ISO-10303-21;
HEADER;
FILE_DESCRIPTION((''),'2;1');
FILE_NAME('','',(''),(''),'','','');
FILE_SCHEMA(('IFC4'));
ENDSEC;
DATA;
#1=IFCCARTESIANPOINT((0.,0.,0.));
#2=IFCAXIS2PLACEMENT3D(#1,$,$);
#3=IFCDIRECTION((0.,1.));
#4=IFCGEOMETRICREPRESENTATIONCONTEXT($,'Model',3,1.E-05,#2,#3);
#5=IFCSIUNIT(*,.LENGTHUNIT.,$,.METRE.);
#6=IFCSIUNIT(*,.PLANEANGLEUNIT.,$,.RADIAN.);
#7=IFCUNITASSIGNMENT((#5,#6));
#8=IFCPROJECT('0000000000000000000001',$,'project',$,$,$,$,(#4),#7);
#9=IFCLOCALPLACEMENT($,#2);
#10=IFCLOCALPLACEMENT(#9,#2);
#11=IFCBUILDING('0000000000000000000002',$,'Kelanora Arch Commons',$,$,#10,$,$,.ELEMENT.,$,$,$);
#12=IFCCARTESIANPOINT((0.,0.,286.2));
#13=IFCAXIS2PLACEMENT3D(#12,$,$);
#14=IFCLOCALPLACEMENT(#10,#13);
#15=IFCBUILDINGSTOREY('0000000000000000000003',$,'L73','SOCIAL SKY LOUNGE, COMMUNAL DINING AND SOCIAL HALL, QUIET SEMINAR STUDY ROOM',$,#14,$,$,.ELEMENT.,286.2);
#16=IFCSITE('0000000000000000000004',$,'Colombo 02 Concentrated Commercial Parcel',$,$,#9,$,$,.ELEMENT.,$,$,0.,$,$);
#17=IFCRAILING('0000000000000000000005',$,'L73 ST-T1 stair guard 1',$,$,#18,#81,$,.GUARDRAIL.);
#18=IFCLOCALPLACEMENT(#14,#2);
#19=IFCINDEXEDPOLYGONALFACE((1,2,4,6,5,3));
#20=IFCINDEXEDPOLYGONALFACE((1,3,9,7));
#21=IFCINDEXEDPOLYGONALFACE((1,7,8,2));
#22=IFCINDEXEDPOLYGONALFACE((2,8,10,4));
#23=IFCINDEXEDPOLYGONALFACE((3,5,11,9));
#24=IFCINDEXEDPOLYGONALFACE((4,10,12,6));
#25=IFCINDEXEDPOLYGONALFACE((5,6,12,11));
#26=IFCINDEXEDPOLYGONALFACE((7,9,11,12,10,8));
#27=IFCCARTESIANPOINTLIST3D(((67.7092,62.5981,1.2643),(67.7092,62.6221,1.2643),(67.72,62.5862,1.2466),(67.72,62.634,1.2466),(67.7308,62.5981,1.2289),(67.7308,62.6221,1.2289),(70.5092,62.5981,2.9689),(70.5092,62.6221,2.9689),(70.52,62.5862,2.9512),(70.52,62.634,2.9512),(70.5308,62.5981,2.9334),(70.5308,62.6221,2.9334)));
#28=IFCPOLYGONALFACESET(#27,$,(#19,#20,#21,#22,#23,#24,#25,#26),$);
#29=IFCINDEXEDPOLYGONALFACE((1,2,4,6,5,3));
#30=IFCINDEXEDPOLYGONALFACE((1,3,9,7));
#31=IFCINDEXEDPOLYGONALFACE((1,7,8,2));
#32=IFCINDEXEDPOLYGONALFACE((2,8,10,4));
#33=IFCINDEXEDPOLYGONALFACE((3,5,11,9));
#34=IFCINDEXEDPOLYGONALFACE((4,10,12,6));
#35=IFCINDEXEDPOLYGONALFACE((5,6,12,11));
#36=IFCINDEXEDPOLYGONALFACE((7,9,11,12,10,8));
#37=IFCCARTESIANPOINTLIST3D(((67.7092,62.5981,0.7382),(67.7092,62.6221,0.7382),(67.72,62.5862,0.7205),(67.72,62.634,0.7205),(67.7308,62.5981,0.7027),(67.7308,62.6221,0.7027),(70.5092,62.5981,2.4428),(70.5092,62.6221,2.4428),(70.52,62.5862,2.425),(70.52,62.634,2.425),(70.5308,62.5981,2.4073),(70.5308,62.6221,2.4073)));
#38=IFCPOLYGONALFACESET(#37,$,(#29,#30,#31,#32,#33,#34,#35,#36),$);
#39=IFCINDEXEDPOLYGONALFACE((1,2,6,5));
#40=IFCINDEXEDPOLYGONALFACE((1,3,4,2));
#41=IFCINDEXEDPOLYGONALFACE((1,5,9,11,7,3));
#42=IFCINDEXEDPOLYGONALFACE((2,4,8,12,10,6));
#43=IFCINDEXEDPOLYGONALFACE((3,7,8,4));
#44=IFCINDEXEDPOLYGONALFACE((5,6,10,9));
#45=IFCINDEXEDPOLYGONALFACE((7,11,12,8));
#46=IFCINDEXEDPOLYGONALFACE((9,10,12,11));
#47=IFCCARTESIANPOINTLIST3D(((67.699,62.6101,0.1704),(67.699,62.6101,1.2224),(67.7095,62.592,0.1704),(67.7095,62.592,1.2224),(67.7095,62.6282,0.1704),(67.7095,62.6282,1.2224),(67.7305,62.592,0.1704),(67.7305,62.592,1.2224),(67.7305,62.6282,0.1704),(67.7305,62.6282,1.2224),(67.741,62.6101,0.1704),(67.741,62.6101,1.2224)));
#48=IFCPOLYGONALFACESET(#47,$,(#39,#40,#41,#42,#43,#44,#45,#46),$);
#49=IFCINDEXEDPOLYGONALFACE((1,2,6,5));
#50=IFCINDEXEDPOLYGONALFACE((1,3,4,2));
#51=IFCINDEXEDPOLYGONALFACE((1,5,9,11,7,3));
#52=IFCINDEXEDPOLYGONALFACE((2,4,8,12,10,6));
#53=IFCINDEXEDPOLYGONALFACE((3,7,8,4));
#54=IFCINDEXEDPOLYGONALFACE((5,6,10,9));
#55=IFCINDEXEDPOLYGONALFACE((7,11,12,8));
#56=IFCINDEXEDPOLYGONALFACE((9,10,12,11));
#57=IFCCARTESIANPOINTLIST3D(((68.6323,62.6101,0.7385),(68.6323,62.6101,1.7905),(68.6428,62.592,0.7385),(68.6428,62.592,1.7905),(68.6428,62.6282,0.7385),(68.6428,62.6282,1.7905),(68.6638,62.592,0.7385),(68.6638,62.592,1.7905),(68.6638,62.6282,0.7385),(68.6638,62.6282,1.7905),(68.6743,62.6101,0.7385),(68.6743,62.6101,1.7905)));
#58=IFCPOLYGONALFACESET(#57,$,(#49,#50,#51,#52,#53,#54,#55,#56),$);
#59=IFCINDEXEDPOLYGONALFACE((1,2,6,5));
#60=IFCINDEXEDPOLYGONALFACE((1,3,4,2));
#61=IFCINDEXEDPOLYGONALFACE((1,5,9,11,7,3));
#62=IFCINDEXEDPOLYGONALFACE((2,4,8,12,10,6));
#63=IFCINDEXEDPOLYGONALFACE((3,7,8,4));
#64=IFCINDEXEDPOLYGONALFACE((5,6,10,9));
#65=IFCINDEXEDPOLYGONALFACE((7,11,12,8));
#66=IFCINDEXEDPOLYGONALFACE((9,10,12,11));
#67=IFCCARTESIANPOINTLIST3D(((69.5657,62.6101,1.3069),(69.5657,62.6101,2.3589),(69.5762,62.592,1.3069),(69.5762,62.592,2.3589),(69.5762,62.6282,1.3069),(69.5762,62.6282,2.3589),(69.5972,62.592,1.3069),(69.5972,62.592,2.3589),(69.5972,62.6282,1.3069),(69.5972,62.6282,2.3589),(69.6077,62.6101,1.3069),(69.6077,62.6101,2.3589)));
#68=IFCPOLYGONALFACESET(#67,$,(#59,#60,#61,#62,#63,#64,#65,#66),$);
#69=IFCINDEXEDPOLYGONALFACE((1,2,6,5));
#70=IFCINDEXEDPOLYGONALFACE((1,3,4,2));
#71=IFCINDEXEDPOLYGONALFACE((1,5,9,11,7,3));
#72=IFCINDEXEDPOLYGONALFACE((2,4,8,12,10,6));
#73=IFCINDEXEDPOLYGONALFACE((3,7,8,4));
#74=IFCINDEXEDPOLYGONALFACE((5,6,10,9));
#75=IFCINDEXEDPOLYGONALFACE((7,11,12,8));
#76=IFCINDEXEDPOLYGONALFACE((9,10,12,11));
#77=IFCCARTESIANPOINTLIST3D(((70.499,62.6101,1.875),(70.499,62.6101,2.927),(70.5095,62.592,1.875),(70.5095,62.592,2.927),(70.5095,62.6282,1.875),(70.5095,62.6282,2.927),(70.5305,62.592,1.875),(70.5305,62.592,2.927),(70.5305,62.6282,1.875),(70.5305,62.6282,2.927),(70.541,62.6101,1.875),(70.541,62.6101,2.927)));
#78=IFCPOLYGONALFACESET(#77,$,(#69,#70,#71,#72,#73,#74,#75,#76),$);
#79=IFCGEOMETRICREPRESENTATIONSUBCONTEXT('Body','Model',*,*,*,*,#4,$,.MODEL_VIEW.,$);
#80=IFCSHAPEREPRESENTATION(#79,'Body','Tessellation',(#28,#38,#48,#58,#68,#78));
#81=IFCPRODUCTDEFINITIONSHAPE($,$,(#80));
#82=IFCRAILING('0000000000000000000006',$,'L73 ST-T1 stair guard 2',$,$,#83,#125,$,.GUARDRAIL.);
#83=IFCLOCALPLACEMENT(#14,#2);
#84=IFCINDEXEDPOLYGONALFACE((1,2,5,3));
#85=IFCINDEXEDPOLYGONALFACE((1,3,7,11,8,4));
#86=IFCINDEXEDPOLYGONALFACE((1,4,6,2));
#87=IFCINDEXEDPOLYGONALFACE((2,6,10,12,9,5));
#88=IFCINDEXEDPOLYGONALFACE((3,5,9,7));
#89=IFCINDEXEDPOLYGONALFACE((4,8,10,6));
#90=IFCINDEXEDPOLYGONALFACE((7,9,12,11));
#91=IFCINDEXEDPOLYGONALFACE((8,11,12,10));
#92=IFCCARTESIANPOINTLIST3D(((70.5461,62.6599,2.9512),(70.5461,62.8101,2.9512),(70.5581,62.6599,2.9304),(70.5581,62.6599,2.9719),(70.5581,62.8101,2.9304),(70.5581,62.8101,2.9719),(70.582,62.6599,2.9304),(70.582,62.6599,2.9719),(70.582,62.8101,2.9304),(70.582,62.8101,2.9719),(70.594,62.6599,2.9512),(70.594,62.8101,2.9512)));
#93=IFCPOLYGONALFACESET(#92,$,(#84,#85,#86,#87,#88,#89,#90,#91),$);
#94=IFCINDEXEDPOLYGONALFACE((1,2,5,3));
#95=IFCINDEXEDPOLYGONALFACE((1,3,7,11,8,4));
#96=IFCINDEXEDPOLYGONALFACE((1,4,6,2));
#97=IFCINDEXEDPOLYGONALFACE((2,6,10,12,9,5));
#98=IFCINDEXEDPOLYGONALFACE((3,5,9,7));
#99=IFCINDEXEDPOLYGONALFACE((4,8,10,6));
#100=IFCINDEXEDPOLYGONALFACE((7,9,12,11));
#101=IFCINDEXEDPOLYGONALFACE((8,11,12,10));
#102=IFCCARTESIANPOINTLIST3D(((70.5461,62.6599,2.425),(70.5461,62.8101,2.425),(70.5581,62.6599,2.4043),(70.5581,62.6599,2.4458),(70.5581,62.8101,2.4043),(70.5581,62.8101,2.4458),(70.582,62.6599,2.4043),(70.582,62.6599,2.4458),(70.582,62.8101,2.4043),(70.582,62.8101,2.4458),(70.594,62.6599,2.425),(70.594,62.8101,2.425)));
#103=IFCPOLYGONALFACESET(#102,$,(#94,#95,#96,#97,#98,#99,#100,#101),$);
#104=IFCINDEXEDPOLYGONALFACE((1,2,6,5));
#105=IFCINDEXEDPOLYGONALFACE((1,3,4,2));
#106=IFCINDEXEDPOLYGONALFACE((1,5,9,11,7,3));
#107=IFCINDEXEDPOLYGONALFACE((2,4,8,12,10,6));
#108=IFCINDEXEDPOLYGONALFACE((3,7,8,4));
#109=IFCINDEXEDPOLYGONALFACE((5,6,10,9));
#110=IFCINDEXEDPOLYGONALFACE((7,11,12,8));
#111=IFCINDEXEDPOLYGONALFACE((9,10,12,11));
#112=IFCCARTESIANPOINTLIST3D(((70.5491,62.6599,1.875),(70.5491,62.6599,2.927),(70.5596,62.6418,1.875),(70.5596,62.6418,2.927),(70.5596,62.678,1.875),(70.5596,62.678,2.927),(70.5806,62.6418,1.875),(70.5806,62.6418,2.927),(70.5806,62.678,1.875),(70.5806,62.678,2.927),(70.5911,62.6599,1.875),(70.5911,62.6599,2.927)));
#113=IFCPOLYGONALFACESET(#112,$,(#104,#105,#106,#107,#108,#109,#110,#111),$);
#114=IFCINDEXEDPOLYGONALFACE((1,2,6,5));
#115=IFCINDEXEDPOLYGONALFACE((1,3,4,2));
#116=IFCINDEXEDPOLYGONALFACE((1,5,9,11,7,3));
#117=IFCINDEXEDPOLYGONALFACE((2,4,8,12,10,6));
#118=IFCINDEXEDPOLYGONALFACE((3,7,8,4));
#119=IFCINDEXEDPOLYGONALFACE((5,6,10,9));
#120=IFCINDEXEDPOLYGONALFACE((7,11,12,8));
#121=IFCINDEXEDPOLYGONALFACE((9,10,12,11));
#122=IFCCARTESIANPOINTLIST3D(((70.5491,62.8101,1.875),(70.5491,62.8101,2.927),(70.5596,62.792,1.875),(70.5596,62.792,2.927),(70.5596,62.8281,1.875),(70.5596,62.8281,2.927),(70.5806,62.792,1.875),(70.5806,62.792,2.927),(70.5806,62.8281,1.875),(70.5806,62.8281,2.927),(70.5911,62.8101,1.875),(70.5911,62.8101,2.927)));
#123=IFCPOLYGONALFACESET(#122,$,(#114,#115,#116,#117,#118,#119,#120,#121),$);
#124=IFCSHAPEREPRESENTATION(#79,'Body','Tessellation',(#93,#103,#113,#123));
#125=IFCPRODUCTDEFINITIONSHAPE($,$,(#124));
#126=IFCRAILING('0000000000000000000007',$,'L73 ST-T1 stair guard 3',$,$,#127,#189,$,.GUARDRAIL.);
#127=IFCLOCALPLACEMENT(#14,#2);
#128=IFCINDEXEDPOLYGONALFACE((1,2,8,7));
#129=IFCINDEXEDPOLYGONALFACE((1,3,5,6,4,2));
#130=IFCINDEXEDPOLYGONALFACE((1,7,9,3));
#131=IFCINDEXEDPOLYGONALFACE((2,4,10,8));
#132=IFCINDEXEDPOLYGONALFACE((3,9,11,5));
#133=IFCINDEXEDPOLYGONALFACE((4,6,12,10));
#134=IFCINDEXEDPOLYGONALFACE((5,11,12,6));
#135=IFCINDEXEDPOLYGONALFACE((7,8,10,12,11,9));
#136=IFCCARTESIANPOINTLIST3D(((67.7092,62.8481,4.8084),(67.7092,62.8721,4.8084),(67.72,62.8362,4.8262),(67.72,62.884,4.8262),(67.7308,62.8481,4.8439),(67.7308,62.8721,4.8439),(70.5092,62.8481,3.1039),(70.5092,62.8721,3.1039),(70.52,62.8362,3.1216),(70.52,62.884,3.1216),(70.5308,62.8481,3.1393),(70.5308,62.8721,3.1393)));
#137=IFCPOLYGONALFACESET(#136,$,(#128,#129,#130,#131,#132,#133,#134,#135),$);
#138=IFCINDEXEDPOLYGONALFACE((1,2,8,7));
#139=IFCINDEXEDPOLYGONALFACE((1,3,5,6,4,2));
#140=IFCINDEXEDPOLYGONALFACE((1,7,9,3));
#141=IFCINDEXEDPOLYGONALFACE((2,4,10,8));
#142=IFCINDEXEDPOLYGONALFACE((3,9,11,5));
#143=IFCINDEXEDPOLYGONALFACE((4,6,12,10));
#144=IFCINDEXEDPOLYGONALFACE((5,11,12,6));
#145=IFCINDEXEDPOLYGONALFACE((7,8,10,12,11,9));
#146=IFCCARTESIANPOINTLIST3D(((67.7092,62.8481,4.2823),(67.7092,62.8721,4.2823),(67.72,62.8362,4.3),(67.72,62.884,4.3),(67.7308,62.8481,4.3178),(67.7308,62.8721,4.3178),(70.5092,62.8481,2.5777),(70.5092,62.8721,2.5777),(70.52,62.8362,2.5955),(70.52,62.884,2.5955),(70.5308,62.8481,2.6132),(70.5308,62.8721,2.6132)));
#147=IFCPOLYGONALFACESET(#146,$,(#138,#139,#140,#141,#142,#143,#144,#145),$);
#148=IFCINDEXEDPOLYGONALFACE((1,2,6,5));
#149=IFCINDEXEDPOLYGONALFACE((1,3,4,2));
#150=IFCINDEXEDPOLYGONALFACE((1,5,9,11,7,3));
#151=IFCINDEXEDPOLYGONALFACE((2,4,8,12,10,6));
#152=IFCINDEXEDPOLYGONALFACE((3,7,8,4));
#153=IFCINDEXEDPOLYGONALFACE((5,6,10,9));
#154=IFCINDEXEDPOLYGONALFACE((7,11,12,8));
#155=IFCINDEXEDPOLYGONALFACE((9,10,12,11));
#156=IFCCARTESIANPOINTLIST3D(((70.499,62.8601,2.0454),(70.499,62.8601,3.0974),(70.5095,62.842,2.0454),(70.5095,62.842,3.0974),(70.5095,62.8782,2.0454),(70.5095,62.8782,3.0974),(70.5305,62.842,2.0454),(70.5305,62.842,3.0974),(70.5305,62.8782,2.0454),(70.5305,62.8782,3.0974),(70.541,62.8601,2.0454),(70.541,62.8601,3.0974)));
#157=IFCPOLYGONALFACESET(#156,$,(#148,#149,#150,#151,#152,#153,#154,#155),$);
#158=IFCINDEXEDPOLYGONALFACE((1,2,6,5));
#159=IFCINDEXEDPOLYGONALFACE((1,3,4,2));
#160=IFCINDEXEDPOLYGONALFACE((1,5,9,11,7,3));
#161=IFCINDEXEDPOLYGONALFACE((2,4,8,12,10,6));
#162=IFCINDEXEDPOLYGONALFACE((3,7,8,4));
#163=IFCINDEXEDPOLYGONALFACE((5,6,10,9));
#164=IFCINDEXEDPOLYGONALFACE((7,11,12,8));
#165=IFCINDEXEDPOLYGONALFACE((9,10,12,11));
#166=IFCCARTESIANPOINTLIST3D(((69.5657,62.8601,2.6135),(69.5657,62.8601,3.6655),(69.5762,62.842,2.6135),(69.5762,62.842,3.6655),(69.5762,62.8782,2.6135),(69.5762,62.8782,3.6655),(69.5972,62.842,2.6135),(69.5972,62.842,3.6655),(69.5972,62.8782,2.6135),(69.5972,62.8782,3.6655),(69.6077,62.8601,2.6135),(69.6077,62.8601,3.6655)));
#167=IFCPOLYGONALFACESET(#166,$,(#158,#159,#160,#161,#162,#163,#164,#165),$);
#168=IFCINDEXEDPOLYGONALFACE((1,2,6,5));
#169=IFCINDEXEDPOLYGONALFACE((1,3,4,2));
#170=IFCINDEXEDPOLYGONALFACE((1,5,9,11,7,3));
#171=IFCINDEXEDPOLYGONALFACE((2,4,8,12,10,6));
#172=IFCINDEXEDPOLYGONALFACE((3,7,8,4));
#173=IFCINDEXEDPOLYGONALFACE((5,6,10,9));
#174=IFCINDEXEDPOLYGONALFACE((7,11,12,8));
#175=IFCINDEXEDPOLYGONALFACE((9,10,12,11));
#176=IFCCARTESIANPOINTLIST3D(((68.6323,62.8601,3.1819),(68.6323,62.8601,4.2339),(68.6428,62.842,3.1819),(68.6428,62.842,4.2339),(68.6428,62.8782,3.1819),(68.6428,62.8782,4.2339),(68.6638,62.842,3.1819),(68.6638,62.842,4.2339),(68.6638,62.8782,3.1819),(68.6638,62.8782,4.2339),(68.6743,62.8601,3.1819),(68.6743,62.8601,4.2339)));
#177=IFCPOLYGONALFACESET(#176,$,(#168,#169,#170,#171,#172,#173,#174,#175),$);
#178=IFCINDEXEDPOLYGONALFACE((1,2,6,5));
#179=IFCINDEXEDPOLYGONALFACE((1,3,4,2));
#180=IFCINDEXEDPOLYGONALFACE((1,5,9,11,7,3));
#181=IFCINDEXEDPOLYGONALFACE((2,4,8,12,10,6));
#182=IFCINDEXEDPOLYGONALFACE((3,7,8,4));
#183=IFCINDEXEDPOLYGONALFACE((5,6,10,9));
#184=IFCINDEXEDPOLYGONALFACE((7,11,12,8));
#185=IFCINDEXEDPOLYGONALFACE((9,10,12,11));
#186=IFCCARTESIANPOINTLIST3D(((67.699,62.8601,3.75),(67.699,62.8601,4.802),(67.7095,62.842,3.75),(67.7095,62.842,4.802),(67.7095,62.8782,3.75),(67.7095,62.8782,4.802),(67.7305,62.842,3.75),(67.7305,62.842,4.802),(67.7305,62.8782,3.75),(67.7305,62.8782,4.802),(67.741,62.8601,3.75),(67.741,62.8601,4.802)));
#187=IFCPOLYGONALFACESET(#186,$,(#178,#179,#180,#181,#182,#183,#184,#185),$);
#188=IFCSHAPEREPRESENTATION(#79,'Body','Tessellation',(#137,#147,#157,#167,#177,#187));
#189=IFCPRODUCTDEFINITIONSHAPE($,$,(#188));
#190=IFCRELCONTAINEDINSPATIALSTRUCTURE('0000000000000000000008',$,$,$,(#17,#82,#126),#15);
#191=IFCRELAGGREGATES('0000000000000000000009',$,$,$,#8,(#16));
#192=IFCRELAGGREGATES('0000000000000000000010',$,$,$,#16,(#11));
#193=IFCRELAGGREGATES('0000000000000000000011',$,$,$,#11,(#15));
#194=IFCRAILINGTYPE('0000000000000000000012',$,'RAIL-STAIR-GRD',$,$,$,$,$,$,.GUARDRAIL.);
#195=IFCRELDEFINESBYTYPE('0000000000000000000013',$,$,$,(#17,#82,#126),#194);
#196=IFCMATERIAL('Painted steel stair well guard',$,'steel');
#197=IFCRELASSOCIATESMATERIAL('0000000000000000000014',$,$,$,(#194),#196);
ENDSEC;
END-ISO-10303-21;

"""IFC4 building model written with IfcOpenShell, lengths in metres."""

from ifc_helpers import new_model, si_unit, direction, frame, origin, place, context, subcontext, project, spatial, polyline, outline, extrude, material, type_object, element, save


model = new_model("IFC4")

# Units and contexts
model_context = context("Model", 3, precision=1e-05, world=origin(), true_north=direction((0.0, 1.0)))
body_context = subcontext(model_context, "Body", "Model", "MODEL_VIEW")
ifc_project = project(units=[si_unit("LENGTHUNIT", "METRE"), si_unit("PLANEANGLEUNIT", "RADIAN")], contexts=[model_context])

# Site, building, storey
site_placement = place(None, origin())
site = spatial("IfcSite", under=ifc_project, at=site_placement, Name="Colombo 02 Concentrated Commercial Parcel", CompositionType="ELEMENT", RefElevation=0.0)
building_placement = place(site_placement, origin())
building = spatial("IfcBuilding", under=site, at=building_placement, Name="Kelanora Arch Commons", CompositionType="ELEMENT")
storey_placement = place(building_placement, frame((0.0, 0.0, 286.2)))
storey = spatial("IfcBuildingStorey", under=building, at=storey_placement, Name="L73", Description="SOCIAL SKY LOUNGE, COMMUNAL DINING AND SOCIAL HALL, QUIET SEMINAR STUDY ROOM", CompositionType="ELEMENT", Elevation=286.2)

# Railings
ifc_material_1 = material(Name="Painted steel stair well guard", Category="steel")
railing_type_1 = type_object("IfcRailingType", Name="RAIL-STAIR-GRD", PredefinedType="GUARDRAIL", material=ifc_material_1)
railing_1_placement = place(storey_placement, frame((67.72, 62.6101, 0.1704)))
element("IfcRailing", 1, at=railing_1_placement, inside=storey, type_object=railing_type_1, Name="L73 ST-T1 stair guard 1", PredefinedType="GUARDRAIL", context=body_context, shape_type="SweptSolid", body=[
    extrude(outline(polyline([(0.0239, 0.0), (0.012, 0.0208), (-0.012, 0.0208), (-0.0239, 0.0), (-0.012, -0.0208), (0.012, -0.0208), (0.0239, 0.0)])), frame((0.0, 0.0, 1.0762), z_axis=(0.85417, 0.0, 0.519994), x_axis=(0.0, 1.0, 0.0)), (0.0, 0.0, 1.0), 3.2781),
    extrude(outline(polyline([(0.0239, 0.0), (0.012, 0.0208), (-0.012, 0.0208), (-0.0239, 0.0), (-0.012, -0.0208), (0.012, -0.0208), (0.0239, 0.0)])), frame((0.0, 0.0, 0.55), z_axis=(0.85417, 0.0, 0.519994), x_axis=(0.0, 1.0, 0.0)), (0.0, 0.0, 1.0), 3.2781),
    extrude(outline(polyline([(0.021, 0.0), (0.0105, 0.0181), (-0.0105, 0.0181), (-0.021, 0.0), (-0.0105, -0.0181), (0.0105, -0.0181), (0.021, 0.0)])), origin(), (0.0, 0.0, 1.0), 1.052),
    extrude(outline(polyline([(0.021, 0.0), (0.0105, 0.0181), (-0.0105, 0.0181), (-0.021, 0.0), (-0.0105, -0.0181), (0.0105, -0.0181), (0.021, 0.0)])), frame((0.9333, 0.0, 0.5681)), (0.0, 0.0, 1.0), 1.052),
    extrude(outline(polyline([(0.021, 0.0), (0.0105, 0.0181), (-0.0105, 0.0181), (-0.021, 0.0), (-0.0105, -0.0181), (0.0105, -0.0181), (0.021, 0.0)])), frame((1.8667, 0.0, 1.1365)), (0.0, 0.0, 1.0), 1.052),
    extrude(outline(polyline([(0.021, 0.0), (0.0105, 0.0181), (-0.0105, 0.0181), (-0.021, 0.0), (-0.0105, -0.0181), (0.0105, -0.0181), (0.021, 0.0)])), frame((2.8, 0.0, 1.7046)), (0.0, 0.0, 1.0), 1.052),
])
railing_2_placement = place(storey_placement, frame((70.5701, 62.6599, 1.875)))
element("IfcRailing", 2, at=railing_2_placement, inside=storey, type_object=railing_type_1, Name="L73 ST-T1 stair guard 2", PredefinedType="GUARDRAIL", context=body_context, shape_type="SweptSolid", body=[
    extrude(outline(polyline([(0.0239, 0.0), (0.012, 0.0208), (-0.012, 0.0208), (-0.0239, 0.0), (-0.012, -0.0208), (0.012, -0.0208), (0.0239, 0.0)])), frame((0.0, 0.0, 1.0762), z_axis=(0.0, 1.0, 0.0), x_axis=(-1.0, 0.0, 0.0)), (0.0, 0.0, 1.0), 0.1501),
    extrude(outline(polyline([(0.0239, 0.0), (0.012, 0.0208), (-0.012, 0.0208), (-0.0239, 0.0), (-0.012, -0.0208), (0.012, -0.0208), (0.0239, 0.0)])), frame((0.0, 0.0, 0.55), z_axis=(0.0, 1.0, 0.0), x_axis=(-1.0, 0.0, 0.0)), (0.0, 0.0, 1.0), 0.1501),
    extrude(outline(polyline([(0.021, 0.0), (0.0105, 0.0181), (-0.0105, 0.0181), (-0.021, 0.0), (-0.0105, -0.0181), (0.0105, -0.0181), (0.021, 0.0)])), origin(), (0.0, 0.0, 1.0), 1.052),
    extrude(outline(polyline([(0.021, 0.0), (0.0105, 0.0181), (-0.0105, 0.0181), (-0.021, 0.0), (-0.0105, -0.0181), (0.0105, -0.0181), (0.021, 0.0)])), frame((0.0, 0.1501, 0.0)), (0.0, 0.0, 1.0), 1.052),
])
railing_3_placement = place(storey_placement, frame((70.52, 62.8601, 2.0454)))
element("IfcRailing", 3, at=railing_3_placement, inside=storey, type_object=railing_type_1, Name="L73 ST-T1 stair guard 3", PredefinedType="GUARDRAIL", context=body_context, shape_type="SweptSolid", body=[
    extrude(outline(polyline([(0.0239, 0.0), (0.012, 0.0208), (-0.012, 0.0208), (-0.0239, 0.0), (-0.012, -0.0208), (0.012, -0.0208), (0.0239, 0.0)])), frame((0.0, 0.0, 1.0762), z_axis=(-0.85417, 0.0, 0.519994), x_axis=(0.0, -1.0, 0.0)), (0.0, 0.0, 1.0), 3.2781),
    extrude(outline(polyline([(0.0239, 0.0), (0.012, 0.0208), (-0.012, 0.0208), (-0.0239, 0.0), (-0.012, -0.0208), (0.012, -0.0208), (0.0239, 0.0)])), frame((0.0, 0.0, 0.55), z_axis=(-0.85417, 0.0, 0.519994), x_axis=(0.0, -1.0, 0.0)), (0.0, 0.0, 1.0), 3.2781),
    extrude(outline(polyline([(0.021, 0.0), (0.0105, 0.0181), (-0.0105, 0.0181), (-0.021, 0.0), (-0.0105, -0.0181), (0.0105, -0.0181), (0.021, 0.0)])), origin(), (0.0, 0.0, 1.0), 1.052),
    extrude(outline(polyline([(0.021, 0.0), (0.0105, 0.0181), (-0.0105, 0.0181), (-0.021, 0.0), (-0.0105, -0.0181), (0.0105, -0.0181), (0.021, 0.0)])), frame((-0.9333, 0.0, 0.5681)), (0.0, 0.0, 1.0), 1.052),
    extrude(outline(polyline([(0.021, 0.0), (0.0105, 0.0181), (-0.0105, 0.0181), (-0.021, 0.0), (-0.0105, -0.0181), (0.0105, -0.0181), (0.021, 0.0)])), frame((-1.8667, 0.0, 1.1365)), (0.0, 0.0, 1.0), 1.052),
    extrude(outline(polyline([(0.021, 0.0), (0.0105, 0.0181), (-0.0105, 0.0181), (-0.021, 0.0), (-0.0105, -0.0181), (0.0105, -0.0181), (0.021, 0.0)])), frame((-2.8, 0.0, 1.7046)), (0.0, 0.0, 1.0), 1.052),
])

save(model, "model.ifc")
